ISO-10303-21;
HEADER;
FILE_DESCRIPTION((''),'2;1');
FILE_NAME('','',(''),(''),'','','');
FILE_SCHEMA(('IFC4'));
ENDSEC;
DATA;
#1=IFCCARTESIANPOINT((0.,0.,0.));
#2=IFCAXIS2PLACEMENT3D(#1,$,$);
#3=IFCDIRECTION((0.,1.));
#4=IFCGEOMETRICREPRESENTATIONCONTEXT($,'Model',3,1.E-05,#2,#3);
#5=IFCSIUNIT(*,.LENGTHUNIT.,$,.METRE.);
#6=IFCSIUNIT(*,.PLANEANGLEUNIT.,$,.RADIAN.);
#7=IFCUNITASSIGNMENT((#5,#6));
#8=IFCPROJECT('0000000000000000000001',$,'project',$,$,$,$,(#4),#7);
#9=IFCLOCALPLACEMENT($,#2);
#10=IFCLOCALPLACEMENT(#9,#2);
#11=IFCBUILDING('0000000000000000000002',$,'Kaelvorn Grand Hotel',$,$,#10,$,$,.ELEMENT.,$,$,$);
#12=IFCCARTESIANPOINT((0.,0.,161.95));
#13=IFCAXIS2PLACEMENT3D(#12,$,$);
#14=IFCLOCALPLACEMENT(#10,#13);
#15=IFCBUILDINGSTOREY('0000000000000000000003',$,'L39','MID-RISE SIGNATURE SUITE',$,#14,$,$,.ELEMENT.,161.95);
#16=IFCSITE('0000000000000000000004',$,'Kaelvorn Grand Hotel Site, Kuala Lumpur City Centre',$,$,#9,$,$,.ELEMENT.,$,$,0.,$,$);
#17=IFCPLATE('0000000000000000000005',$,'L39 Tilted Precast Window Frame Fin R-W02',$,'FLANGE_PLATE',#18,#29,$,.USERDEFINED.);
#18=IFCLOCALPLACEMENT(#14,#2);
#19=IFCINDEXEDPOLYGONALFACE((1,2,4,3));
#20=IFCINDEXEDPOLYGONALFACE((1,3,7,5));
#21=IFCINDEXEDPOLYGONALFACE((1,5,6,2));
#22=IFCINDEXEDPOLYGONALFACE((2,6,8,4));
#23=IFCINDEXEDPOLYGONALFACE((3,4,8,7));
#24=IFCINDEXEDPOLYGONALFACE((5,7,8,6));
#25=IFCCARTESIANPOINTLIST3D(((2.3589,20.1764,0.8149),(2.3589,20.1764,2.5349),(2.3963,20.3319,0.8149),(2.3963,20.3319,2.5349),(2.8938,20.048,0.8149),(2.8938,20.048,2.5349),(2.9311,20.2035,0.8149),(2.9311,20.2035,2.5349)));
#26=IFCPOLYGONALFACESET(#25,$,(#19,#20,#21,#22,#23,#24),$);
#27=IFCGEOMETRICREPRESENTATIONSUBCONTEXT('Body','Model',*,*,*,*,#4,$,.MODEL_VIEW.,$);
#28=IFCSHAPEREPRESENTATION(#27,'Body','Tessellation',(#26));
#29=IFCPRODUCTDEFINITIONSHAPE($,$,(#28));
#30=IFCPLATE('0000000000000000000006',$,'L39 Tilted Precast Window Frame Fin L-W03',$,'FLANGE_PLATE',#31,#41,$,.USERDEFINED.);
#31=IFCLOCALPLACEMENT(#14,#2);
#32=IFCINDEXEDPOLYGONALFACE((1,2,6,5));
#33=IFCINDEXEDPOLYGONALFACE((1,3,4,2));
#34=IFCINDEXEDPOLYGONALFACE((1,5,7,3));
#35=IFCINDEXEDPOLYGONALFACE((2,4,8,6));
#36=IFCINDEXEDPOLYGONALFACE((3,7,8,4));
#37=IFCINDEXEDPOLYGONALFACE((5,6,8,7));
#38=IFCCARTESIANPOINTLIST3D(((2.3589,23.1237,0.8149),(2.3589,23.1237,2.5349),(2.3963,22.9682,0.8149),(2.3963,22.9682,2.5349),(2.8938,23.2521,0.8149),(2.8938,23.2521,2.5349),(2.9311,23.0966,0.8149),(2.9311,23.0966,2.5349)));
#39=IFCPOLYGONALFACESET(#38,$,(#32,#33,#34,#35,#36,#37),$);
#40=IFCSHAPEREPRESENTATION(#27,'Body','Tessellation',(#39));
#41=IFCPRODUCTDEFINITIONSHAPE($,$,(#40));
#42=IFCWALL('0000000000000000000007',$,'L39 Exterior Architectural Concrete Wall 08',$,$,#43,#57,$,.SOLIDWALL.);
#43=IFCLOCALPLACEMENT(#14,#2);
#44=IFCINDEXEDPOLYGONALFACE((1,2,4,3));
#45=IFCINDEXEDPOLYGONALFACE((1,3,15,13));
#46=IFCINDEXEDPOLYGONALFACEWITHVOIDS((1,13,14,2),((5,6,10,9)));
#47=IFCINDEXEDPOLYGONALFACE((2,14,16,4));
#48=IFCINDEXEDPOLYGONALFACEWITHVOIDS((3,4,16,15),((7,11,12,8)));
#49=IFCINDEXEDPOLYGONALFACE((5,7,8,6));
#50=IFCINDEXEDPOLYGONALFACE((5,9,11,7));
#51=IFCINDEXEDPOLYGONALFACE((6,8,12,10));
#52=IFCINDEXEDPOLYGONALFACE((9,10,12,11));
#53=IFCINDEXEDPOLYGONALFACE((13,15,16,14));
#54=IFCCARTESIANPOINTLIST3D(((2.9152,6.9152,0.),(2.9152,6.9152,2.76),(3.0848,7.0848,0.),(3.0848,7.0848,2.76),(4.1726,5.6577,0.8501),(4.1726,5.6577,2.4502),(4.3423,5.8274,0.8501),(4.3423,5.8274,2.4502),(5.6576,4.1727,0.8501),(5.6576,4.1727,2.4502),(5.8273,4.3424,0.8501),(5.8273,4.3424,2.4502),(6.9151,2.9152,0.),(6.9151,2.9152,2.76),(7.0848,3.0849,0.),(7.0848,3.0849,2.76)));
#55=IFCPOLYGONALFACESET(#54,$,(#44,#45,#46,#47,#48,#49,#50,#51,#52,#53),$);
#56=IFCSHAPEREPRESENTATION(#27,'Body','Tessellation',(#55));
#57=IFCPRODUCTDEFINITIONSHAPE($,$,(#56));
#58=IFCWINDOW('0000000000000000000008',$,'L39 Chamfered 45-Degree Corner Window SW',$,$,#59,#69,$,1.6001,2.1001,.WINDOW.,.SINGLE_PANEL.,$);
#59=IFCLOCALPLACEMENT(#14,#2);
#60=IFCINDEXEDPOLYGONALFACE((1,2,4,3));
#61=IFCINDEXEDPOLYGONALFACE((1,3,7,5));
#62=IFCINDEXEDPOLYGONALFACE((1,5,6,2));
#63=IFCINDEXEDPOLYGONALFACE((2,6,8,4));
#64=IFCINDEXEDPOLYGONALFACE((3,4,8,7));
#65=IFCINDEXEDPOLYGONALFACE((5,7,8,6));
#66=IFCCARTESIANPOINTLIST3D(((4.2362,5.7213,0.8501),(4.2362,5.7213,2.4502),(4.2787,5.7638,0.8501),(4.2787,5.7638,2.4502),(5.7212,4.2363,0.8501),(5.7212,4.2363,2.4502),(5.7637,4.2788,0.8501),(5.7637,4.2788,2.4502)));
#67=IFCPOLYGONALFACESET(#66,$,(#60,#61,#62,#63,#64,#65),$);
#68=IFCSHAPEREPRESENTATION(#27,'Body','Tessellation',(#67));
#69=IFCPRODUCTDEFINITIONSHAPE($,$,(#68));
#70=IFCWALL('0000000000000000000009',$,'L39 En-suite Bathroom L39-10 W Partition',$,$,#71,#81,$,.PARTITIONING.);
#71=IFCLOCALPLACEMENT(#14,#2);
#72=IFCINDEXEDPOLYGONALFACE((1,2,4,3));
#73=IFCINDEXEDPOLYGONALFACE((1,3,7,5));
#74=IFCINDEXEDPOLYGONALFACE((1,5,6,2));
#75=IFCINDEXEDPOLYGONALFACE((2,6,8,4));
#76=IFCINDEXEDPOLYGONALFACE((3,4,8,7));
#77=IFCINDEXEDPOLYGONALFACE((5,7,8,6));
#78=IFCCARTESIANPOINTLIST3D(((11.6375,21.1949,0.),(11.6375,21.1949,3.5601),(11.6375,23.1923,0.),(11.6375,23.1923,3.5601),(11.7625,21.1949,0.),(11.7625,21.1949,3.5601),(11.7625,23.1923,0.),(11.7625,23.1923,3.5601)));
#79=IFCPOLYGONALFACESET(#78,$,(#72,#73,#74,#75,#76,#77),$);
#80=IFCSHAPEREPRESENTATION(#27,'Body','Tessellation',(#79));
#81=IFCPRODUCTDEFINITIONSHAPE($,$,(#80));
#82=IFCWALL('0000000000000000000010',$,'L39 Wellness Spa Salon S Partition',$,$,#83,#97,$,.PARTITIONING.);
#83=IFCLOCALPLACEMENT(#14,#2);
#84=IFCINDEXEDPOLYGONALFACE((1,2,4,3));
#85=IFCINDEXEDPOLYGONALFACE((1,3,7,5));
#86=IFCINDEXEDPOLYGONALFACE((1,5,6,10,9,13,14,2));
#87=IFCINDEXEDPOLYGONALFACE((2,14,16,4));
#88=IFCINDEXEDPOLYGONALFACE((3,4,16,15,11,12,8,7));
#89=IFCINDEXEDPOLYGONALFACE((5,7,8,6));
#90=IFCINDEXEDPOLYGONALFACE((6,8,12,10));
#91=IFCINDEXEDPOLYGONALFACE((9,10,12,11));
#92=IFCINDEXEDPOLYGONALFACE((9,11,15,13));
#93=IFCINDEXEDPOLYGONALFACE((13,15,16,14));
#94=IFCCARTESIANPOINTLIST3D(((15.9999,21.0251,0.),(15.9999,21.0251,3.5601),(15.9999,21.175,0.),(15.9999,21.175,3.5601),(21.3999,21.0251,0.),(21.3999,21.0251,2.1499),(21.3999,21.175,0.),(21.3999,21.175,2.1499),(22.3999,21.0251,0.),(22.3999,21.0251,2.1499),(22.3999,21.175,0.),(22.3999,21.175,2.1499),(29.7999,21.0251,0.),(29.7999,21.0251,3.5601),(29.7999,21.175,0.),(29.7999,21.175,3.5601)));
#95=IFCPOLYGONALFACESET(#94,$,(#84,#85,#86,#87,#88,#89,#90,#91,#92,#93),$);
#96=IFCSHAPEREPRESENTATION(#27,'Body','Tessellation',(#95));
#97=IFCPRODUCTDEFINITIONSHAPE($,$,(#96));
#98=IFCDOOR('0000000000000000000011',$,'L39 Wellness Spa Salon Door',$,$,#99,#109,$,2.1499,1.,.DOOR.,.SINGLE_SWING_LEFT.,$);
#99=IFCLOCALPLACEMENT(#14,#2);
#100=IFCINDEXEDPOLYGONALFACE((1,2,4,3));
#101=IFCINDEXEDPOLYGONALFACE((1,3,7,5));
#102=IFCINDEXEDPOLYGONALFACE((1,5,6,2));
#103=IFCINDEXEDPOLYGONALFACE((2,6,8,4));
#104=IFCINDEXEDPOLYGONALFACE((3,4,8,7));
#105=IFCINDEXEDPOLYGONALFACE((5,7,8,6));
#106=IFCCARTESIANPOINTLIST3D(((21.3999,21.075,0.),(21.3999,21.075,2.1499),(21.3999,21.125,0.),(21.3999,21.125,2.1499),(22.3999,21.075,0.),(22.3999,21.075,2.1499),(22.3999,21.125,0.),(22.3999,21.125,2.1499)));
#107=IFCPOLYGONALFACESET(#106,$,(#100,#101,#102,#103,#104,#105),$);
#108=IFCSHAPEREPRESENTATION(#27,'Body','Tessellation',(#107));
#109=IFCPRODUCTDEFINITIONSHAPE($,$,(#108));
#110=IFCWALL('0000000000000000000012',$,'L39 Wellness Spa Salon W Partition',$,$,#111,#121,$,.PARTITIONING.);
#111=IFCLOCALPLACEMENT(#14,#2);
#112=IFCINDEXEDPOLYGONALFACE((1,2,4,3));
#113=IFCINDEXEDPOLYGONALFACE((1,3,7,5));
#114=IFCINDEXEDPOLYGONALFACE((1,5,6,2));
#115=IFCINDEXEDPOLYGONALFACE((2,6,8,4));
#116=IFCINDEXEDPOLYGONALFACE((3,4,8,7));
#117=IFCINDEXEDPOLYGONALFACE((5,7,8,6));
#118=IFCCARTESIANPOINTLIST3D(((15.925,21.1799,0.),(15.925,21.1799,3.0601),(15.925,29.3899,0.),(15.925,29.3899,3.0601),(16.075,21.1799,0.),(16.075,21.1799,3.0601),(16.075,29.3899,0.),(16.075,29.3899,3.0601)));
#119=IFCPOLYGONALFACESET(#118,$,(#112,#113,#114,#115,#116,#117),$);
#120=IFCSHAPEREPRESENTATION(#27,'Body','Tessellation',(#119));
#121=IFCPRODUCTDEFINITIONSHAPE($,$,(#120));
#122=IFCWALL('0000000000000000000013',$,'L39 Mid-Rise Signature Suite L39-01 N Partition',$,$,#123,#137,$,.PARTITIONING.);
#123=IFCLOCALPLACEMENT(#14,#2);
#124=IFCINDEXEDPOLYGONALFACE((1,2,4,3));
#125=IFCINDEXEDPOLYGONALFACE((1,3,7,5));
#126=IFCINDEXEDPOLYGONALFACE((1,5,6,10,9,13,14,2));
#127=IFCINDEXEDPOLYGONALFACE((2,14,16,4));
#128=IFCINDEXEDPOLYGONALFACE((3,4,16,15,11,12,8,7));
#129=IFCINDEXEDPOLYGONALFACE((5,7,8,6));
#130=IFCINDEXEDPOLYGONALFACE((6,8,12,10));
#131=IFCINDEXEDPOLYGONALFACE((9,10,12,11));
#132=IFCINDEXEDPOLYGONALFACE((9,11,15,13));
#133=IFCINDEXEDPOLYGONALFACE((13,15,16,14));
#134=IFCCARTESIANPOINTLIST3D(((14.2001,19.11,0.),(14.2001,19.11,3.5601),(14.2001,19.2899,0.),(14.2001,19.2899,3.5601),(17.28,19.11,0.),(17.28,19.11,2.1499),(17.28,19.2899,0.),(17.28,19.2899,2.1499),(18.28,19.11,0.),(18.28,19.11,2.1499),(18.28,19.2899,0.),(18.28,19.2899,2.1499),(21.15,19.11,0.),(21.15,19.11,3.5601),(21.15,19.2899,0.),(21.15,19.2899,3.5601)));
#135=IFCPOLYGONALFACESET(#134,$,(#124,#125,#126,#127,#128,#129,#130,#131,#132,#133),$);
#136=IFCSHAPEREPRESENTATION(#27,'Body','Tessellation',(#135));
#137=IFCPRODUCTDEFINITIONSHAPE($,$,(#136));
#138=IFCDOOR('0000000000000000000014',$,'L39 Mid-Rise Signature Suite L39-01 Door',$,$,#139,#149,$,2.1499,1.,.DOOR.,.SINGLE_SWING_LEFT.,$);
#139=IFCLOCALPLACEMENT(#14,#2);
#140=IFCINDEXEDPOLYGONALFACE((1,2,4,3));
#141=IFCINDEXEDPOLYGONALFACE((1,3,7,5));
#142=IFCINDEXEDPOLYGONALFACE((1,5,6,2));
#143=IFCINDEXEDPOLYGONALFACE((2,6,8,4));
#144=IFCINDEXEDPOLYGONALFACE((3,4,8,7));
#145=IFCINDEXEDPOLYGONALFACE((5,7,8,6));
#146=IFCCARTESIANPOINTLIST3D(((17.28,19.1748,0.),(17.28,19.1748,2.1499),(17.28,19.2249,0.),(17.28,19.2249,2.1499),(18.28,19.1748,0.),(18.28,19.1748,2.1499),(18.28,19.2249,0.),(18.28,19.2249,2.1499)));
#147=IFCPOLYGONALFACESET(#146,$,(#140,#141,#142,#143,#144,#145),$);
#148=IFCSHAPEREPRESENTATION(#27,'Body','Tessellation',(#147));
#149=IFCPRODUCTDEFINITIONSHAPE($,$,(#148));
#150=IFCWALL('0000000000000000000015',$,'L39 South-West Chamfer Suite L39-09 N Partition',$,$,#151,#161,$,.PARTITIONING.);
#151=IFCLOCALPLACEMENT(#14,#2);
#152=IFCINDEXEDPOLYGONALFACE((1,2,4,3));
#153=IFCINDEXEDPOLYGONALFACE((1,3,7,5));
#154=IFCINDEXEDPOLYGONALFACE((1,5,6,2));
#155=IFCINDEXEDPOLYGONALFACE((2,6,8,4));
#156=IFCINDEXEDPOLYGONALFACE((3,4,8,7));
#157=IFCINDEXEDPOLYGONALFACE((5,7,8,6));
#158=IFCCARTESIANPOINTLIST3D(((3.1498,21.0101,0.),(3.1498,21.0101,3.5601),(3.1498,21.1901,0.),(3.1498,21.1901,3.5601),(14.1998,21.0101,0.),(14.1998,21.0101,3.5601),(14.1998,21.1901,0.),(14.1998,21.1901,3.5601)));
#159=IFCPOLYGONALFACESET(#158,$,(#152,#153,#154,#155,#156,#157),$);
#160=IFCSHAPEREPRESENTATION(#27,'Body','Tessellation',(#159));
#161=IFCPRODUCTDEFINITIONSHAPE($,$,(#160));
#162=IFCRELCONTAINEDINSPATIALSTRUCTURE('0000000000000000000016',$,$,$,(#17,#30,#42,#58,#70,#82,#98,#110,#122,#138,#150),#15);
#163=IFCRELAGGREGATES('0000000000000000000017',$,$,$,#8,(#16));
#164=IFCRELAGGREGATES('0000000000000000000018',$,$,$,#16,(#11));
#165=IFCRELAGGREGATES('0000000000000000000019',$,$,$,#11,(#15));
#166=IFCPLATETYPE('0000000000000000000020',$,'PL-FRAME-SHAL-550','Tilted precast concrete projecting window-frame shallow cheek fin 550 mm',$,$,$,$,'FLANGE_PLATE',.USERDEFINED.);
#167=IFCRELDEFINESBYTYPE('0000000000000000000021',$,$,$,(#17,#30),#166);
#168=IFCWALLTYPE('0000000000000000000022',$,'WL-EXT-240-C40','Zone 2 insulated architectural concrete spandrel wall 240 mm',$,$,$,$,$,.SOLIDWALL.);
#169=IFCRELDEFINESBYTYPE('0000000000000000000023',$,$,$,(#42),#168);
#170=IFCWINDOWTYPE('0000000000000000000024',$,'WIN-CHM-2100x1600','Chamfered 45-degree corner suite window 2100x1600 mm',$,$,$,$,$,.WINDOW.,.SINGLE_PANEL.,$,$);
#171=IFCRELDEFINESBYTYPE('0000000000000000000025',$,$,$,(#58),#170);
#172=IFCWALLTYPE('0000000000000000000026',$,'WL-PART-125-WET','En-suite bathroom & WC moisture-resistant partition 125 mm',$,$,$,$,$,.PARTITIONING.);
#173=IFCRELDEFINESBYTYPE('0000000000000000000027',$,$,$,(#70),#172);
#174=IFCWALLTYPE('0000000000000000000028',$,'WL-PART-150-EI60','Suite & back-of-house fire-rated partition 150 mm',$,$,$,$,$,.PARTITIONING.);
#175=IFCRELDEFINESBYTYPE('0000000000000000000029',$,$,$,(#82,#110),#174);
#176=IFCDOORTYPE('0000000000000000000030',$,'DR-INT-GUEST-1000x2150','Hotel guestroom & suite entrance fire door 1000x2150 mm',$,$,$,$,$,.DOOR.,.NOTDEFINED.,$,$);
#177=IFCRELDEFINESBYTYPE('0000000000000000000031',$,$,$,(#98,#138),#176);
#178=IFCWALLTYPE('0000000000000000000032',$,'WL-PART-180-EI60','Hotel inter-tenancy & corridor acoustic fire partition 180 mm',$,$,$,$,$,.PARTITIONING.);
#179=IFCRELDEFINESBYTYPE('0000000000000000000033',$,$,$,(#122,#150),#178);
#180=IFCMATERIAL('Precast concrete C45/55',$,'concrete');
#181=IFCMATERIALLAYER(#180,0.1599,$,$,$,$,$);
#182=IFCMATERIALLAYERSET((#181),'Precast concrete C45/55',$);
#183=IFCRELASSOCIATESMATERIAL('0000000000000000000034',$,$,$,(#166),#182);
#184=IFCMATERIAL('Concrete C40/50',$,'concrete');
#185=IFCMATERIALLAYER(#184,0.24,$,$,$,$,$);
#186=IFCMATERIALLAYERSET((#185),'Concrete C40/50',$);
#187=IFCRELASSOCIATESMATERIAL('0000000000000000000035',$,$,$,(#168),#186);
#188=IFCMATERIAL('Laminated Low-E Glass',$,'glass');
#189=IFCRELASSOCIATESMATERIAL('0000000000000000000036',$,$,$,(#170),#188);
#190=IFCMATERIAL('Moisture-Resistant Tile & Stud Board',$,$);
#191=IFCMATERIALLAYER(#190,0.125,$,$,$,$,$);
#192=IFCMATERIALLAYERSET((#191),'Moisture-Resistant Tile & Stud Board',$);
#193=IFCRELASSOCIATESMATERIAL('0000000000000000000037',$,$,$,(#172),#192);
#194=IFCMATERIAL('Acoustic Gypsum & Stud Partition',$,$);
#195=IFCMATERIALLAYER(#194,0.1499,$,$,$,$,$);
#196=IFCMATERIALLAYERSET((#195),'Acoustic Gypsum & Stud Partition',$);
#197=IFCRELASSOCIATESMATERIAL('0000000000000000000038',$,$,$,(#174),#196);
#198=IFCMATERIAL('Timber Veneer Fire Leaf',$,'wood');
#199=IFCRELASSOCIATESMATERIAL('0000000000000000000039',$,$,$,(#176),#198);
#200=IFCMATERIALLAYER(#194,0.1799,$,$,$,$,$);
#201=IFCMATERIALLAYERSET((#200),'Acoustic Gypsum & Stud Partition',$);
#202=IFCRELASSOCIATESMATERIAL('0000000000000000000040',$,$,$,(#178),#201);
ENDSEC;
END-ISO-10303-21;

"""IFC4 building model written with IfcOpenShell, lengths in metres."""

from ifc_helpers import new_model, si_unit, direction, frame, frame_2d, origin, origin_2d, place, context, subcontext, project, spatial, rectangle, extrude, material, layer, layer_set, type_object, element, fill, save


model = new_model("IFC4")

# Units and contexts
model_context = context("Model", 3, precision=1e-05, world=origin(), true_north=direction((0.0, 1.0)))
body_context = subcontext(model_context, "Body", "Model", "MODEL_VIEW")
ifc_project = project(units=[si_unit("LENGTHUNIT", "METRE"), si_unit("PLANEANGLEUNIT", "RADIAN")], contexts=[model_context])

# Site, building, storey
site_placement = place(None, origin())
site = spatial("IfcSite", under=ifc_project, at=site_placement, Name="Kaelvorn Grand Hotel Site, Kuala Lumpur City Centre", CompositionType="ELEMENT", RefElevation=0.0)
building_placement = place(site_placement, origin())
building = spatial("IfcBuilding", under=site, at=building_placement, Name="Kaelvorn Grand Hotel", CompositionType="ELEMENT")
storey_placement = place(building_placement, frame((0.0, 0.0, 161.95)))
storey = spatial("IfcBuildingStorey", under=building, at=storey_placement, Name="L39", Description="MID-RISE SIGNATURE SUITE", CompositionType="ELEMENT", Elevation=161.95)

# Plates
ifc_material_1 = material(Name="Precast concrete C45/55", Category="concrete")
ifc_layer_1 = layer(ifc_material_1, 0.1599)
ifc_layer_set_1 = layer_set([ifc_layer_1], Name="Precast concrete C45/55")
plate_type_1 = type_object("IfcPlateType", Name="PL-FRAME-SHAL-550", Description="Tilted precast concrete projecting window-frame shallow cheek fin 550 mm", ElementType="FLANGE_PLATE", PredefinedType="USERDEFINED", material=ifc_layer_set_1)
for number, where, z_axis, x_axis, name in (
    (1, (2.645, 20.1899, 0.8149), (0.0, 0.0, 1.0), (0.233445, 0.97237, 0.0), "L39 Tilted Precast Window Frame Fin R-W02"),
    (2, (2.645, 23.1101, 0.8149), (0.0, 0.0, 1.0), (-0.233445, 0.97237, 0.0), "L39 Tilted Precast Window Frame Fin L-W03"),
):
    element("IfcPlate", number, at=place(storey_placement, frame(where, z_axis=z_axis, x_axis=x_axis)), inside=storey, type_object=plate_type_1, Name=name, ObjectType="FLANGE_PLATE", PredefinedType="USERDEFINED", context=body_context, shape_type="SweptSolid", body=[
        extrude(rectangle(XDim=0.1599, YDim=0.55, at=origin_2d()), origin(), (0.0, 0.0, 1.0), 1.72),
    ])

# Wall, opening, window
ifc_material_2 = material(Name="Concrete C40/50", Category="concrete")
ifc_layer_2 = layer(ifc_material_2, 0.24)
ifc_layer_set_2 = layer_set([ifc_layer_2], Name="Concrete C40/50")
wall_type_1 = type_object("IfcWallType", Name="WL-EXT-240-C40", Description="Zone 2 insulated architectural concrete spandrel wall 240 mm", PredefinedType="SOLIDWALL", material=ifc_layer_set_2)
wall_1_placement = place(storey_placement, frame((3.0, 7.0, 0.0), z_axis=(0.0, 0.0, 1.0), x_axis=(0.707107, -0.707107, 0.0)))
wall_1 = element("IfcWall", 3, at=wall_1_placement, inside=storey, type_object=wall_type_1, Name="L39 Exterior Architectural Concrete Wall 08", PredefinedType="SOLIDWALL", context=body_context, shape_type="SweptSolid", body=[
    extrude(rectangle(XDim=5.6567, YDim=0.24, at=frame_2d((2.8284, 0.0))), origin(), (0.0, 0.0, 1.0), 2.76),
])
opening_1_placement = place(wall_1_placement, frame((1.7783, 0.0, 0.8501)))
opening_1 = element("IfcOpeningElement", 4, at=opening_1_placement, cuts=wall_1, PredefinedType="OPENING", context=body_context, shape_type="SweptSolid", body=[
    extrude(rectangle(XDim=2.1001, YDim=1.6001, at=frame_2d((1.05, 0.8))), frame((0.0, 0.1299, 0.0), z_axis=(0.0, -1.0, 0.0), x_axis=(1.0, 0.0, 0.0)), (0.0, 0.0, 1.0), 0.26),
])
ifc_material_3 = material(Name="Laminated Low-E Glass", Category="glass")
window_type = type_object("IfcWindowType", Name="WIN-CHM-2100x1600", Description="Chamfered 45-degree corner suite window 2100x1600 mm", PartitioningType="SINGLE_PANEL", PredefinedType="WINDOW", material=ifc_material_3)
window_placement = place(opening_1_placement, origin())
window = element("IfcWindow", 5, at=window_placement, inside=storey, type_object=window_type, Name="L39 Chamfered 45-Degree Corner Window SW", OverallHeight=1.6001, OverallWidth=2.1001, PartitioningType="SINGLE_PANEL", PredefinedType="WINDOW", context=body_context, shape_type="SweptSolid", body=[
    extrude(rectangle(XDim=2.1001, YDim=1.6001, at=frame_2d((1.05, 0.8))), frame((0.0, 0.03, 0.0), z_axis=(0.0, -1.0, 0.0), x_axis=(1.0, 0.0, 0.0)), (0.0, 0.0, 1.0), 0.0601),
])
fill(opening_1, window)

# Wall
ifc_material_4 = material(Name="Moisture-Resistant Tile & Stud Board")
ifc_layer_3 = layer(ifc_material_4, 0.125)
ifc_layer_set_3 = layer_set([ifc_layer_3], Name="Moisture-Resistant Tile & Stud Board")
wall_type_2 = type_object("IfcWallType", Name="WL-PART-125-WET", Description="En-suite bathroom & WC moisture-resistant partition 125 mm", PredefinedType="PARTITIONING", material=ifc_layer_set_3)
wall_2_placement = place(storey_placement, frame((11.7, 21.1951, 0.0), z_axis=(0.0, 0.0, 1.0), x_axis=(0.0, 1.0, 0.0)))
element("IfcWall", 6, at=wall_2_placement, inside=storey, type_object=wall_type_2, Name="L39 En-suite Bathroom L39-10 W Partition", PredefinedType="PARTITIONING", context=body_context, shape_type="SweptSolid", body=[
    extrude(rectangle(XDim=1.9973, YDim=0.125, at=frame_2d((0.9985, 0.0))), origin(), (0.0, 0.0, 1.0), 3.5601),
])

# Wall, opening, door
ifc_material_5 = material(Name="Acoustic Gypsum & Stud Partition")
ifc_layer_4 = layer(ifc_material_5, 0.1499)
ifc_layer_set_4 = layer_set([ifc_layer_4], Name="Acoustic Gypsum & Stud Partition")
wall_type_3 = type_object("IfcWallType", Name="WL-PART-150-EI60", Description="Suite & back-of-house fire-rated partition 150 mm", PredefinedType="PARTITIONING", material=ifc_layer_set_4)
wall_3_placement = place(storey_placement, frame((16.0, 21.1001, 0.0), z_axis=(0.0, 0.0, 1.0), x_axis=(1.0, 0.0, 0.0)))
wall_3 = element("IfcWall", 7, at=wall_3_placement, inside=storey, type_object=wall_type_3, Name="L39 Wellness Spa Salon S Partition", PredefinedType="PARTITIONING", context=body_context, shape_type="SweptSolid", body=[
    extrude(rectangle(XDim=13.8, YDim=0.1499, at=frame_2d((6.8999, 0.0))), origin(), (0.0, 0.0, 1.0), 3.5601),
])
opening_2_placement = place(wall_3_placement, frame((5.3999, 0.0, 0.0)))
opening_2 = element("IfcOpeningElement", 8, at=opening_2_placement, cuts=wall_3, PredefinedType="OPENING", context=body_context, shape_type="SweptSolid", body=[
    extrude(rectangle(XDim=1.0, YDim=2.1499, at=frame_2d((0.5, 1.075))), frame((0.0, 0.085, 0.0), z_axis=(0.0, -1.0, 0.0), x_axis=(1.0, 0.0, 0.0)), (0.0, 0.0, 1.0), 0.1699),
])
ifc_material_6 = material(Name="Timber Veneer Fire Leaf", Category="wood")
door_type = type_object("IfcDoorType", Name="DR-INT-GUEST-1000x2150", Description="Hotel guestroom & suite entrance fire door 1000x2150 mm", OperationType="NOTDEFINED", PredefinedType="DOOR", material=ifc_material_6)
door_1_placement = place(opening_2_placement, origin())
door_1 = element("IfcDoor", 9, at=door_1_placement, inside=storey, type_object=door_type, Name="L39 Wellness Spa Salon Door", OperationType="SINGLE_SWING_LEFT", OverallHeight=2.1499, OverallWidth=1.0, PredefinedType="DOOR", context=body_context, shape_type="SweptSolid", body=[
    extrude(rectangle(XDim=1.0, YDim=2.1499, at=frame_2d((0.5, 1.075))), frame((0.0, 0.0249, 0.0), z_axis=(0.0, -1.0, 0.0), x_axis=(1.0, 0.0, 0.0)), (0.0, 0.0, 1.0), 0.05),
])
fill(opening_2, door_1)

# Wall
wall_4_placement = place(storey_placement, frame((16.0, 21.1799, 0.0), z_axis=(0.0, 0.0, 1.0), x_axis=(0.0, 1.0, 0.0)))
element("IfcWall", 10, at=wall_4_placement, inside=storey, type_object=wall_type_3, Name="L39 Wellness Spa Salon W Partition", PredefinedType="PARTITIONING", context=body_context, shape_type="SweptSolid", body=[
    extrude(rectangle(XDim=8.21, YDim=0.1499, at=frame_2d((4.105, 0.0))), origin(), (0.0, 0.0, 1.0), 3.0601),
])

# Wall, opening, door
ifc_layer_5 = layer(ifc_material_5, 0.1799)
ifc_layer_set_5 = layer_set([ifc_layer_5], Name="Acoustic Gypsum & Stud Partition")
wall_type_4 = type_object("IfcWallType", Name="WL-PART-180-EI60", Description="Hotel inter-tenancy & corridor acoustic fire partition 180 mm", PredefinedType="PARTITIONING", material=ifc_layer_set_5)
wall_5_placement = place(storey_placement, frame((14.2, 19.2, 0.0), z_axis=(0.0, 0.0, 1.0), x_axis=(1.0, 0.0, 0.0)))
wall_5 = element("IfcWall", 11, at=wall_5_placement, inside=storey, type_object=wall_type_4, Name="L39 Mid-Rise Signature Suite L39-01 N Partition", PredefinedType="PARTITIONING", context=body_context, shape_type="SweptSolid", body=[
    extrude(rectangle(XDim=6.95, YDim=0.1799, at=frame_2d((3.4751, 0.0))), origin(), (0.0, 0.0, 1.0), 3.5601),
])
opening_3_placement = place(wall_5_placement, frame((3.0801, 0.0, 0.0)))
opening_3 = element("IfcOpeningElement", 12, at=opening_3_placement, cuts=wall_5, PredefinedType="OPENING", context=body_context, shape_type="SweptSolid", body=[
    extrude(rectangle(XDim=1.0, YDim=2.1499, at=frame_2d((0.5, 1.075))), frame((0.0, 0.1001, 0.0), z_axis=(0.0, -1.0, 0.0), x_axis=(1.0, 0.0, 0.0)), (0.0, 0.0, 1.0), 0.2),
])
door_2_placement = place(opening_3_placement, origin())
door_2 = element("IfcDoor", 13, at=door_2_placement, inside=storey, type_object=door_type, Name="L39 Mid-Rise Signature Suite L39-01 Door", OperationType="SINGLE_SWING_LEFT", OverallHeight=2.1499, OverallWidth=1.0, PredefinedType="DOOR", context=body_context, shape_type="SweptSolid", body=[
    extrude(rectangle(XDim=1.0, YDim=2.1499, at=frame_2d((0.5, 1.075))), frame((0.0, 0.0249, 0.0), z_axis=(0.0, -1.0, 0.0), x_axis=(1.0, 0.0, 0.0)), (0.0, 0.0, 1.0), 0.05),
])
fill(opening_3, door_2)

# Wall
wall_6_placement = place(storey_placement, frame((3.1499, 21.1001, 0.0), z_axis=(0.0, 0.0, 1.0), x_axis=(1.0, 0.0, 0.0)))
element("IfcWall", 14, at=wall_6_placement, inside=storey, type_object=wall_type_4, Name="L39 South-West Chamfer Suite L39-09 N Partition", PredefinedType="PARTITIONING", context=body_context, shape_type="SweptSolid", body=[
    extrude(rectangle(XDim=11.05, YDim=0.1799, at=frame_2d((5.5249, 0.0))), origin(), (0.0, 0.0, 1.0), 3.5601),
])

save(model, "model.ifc")
